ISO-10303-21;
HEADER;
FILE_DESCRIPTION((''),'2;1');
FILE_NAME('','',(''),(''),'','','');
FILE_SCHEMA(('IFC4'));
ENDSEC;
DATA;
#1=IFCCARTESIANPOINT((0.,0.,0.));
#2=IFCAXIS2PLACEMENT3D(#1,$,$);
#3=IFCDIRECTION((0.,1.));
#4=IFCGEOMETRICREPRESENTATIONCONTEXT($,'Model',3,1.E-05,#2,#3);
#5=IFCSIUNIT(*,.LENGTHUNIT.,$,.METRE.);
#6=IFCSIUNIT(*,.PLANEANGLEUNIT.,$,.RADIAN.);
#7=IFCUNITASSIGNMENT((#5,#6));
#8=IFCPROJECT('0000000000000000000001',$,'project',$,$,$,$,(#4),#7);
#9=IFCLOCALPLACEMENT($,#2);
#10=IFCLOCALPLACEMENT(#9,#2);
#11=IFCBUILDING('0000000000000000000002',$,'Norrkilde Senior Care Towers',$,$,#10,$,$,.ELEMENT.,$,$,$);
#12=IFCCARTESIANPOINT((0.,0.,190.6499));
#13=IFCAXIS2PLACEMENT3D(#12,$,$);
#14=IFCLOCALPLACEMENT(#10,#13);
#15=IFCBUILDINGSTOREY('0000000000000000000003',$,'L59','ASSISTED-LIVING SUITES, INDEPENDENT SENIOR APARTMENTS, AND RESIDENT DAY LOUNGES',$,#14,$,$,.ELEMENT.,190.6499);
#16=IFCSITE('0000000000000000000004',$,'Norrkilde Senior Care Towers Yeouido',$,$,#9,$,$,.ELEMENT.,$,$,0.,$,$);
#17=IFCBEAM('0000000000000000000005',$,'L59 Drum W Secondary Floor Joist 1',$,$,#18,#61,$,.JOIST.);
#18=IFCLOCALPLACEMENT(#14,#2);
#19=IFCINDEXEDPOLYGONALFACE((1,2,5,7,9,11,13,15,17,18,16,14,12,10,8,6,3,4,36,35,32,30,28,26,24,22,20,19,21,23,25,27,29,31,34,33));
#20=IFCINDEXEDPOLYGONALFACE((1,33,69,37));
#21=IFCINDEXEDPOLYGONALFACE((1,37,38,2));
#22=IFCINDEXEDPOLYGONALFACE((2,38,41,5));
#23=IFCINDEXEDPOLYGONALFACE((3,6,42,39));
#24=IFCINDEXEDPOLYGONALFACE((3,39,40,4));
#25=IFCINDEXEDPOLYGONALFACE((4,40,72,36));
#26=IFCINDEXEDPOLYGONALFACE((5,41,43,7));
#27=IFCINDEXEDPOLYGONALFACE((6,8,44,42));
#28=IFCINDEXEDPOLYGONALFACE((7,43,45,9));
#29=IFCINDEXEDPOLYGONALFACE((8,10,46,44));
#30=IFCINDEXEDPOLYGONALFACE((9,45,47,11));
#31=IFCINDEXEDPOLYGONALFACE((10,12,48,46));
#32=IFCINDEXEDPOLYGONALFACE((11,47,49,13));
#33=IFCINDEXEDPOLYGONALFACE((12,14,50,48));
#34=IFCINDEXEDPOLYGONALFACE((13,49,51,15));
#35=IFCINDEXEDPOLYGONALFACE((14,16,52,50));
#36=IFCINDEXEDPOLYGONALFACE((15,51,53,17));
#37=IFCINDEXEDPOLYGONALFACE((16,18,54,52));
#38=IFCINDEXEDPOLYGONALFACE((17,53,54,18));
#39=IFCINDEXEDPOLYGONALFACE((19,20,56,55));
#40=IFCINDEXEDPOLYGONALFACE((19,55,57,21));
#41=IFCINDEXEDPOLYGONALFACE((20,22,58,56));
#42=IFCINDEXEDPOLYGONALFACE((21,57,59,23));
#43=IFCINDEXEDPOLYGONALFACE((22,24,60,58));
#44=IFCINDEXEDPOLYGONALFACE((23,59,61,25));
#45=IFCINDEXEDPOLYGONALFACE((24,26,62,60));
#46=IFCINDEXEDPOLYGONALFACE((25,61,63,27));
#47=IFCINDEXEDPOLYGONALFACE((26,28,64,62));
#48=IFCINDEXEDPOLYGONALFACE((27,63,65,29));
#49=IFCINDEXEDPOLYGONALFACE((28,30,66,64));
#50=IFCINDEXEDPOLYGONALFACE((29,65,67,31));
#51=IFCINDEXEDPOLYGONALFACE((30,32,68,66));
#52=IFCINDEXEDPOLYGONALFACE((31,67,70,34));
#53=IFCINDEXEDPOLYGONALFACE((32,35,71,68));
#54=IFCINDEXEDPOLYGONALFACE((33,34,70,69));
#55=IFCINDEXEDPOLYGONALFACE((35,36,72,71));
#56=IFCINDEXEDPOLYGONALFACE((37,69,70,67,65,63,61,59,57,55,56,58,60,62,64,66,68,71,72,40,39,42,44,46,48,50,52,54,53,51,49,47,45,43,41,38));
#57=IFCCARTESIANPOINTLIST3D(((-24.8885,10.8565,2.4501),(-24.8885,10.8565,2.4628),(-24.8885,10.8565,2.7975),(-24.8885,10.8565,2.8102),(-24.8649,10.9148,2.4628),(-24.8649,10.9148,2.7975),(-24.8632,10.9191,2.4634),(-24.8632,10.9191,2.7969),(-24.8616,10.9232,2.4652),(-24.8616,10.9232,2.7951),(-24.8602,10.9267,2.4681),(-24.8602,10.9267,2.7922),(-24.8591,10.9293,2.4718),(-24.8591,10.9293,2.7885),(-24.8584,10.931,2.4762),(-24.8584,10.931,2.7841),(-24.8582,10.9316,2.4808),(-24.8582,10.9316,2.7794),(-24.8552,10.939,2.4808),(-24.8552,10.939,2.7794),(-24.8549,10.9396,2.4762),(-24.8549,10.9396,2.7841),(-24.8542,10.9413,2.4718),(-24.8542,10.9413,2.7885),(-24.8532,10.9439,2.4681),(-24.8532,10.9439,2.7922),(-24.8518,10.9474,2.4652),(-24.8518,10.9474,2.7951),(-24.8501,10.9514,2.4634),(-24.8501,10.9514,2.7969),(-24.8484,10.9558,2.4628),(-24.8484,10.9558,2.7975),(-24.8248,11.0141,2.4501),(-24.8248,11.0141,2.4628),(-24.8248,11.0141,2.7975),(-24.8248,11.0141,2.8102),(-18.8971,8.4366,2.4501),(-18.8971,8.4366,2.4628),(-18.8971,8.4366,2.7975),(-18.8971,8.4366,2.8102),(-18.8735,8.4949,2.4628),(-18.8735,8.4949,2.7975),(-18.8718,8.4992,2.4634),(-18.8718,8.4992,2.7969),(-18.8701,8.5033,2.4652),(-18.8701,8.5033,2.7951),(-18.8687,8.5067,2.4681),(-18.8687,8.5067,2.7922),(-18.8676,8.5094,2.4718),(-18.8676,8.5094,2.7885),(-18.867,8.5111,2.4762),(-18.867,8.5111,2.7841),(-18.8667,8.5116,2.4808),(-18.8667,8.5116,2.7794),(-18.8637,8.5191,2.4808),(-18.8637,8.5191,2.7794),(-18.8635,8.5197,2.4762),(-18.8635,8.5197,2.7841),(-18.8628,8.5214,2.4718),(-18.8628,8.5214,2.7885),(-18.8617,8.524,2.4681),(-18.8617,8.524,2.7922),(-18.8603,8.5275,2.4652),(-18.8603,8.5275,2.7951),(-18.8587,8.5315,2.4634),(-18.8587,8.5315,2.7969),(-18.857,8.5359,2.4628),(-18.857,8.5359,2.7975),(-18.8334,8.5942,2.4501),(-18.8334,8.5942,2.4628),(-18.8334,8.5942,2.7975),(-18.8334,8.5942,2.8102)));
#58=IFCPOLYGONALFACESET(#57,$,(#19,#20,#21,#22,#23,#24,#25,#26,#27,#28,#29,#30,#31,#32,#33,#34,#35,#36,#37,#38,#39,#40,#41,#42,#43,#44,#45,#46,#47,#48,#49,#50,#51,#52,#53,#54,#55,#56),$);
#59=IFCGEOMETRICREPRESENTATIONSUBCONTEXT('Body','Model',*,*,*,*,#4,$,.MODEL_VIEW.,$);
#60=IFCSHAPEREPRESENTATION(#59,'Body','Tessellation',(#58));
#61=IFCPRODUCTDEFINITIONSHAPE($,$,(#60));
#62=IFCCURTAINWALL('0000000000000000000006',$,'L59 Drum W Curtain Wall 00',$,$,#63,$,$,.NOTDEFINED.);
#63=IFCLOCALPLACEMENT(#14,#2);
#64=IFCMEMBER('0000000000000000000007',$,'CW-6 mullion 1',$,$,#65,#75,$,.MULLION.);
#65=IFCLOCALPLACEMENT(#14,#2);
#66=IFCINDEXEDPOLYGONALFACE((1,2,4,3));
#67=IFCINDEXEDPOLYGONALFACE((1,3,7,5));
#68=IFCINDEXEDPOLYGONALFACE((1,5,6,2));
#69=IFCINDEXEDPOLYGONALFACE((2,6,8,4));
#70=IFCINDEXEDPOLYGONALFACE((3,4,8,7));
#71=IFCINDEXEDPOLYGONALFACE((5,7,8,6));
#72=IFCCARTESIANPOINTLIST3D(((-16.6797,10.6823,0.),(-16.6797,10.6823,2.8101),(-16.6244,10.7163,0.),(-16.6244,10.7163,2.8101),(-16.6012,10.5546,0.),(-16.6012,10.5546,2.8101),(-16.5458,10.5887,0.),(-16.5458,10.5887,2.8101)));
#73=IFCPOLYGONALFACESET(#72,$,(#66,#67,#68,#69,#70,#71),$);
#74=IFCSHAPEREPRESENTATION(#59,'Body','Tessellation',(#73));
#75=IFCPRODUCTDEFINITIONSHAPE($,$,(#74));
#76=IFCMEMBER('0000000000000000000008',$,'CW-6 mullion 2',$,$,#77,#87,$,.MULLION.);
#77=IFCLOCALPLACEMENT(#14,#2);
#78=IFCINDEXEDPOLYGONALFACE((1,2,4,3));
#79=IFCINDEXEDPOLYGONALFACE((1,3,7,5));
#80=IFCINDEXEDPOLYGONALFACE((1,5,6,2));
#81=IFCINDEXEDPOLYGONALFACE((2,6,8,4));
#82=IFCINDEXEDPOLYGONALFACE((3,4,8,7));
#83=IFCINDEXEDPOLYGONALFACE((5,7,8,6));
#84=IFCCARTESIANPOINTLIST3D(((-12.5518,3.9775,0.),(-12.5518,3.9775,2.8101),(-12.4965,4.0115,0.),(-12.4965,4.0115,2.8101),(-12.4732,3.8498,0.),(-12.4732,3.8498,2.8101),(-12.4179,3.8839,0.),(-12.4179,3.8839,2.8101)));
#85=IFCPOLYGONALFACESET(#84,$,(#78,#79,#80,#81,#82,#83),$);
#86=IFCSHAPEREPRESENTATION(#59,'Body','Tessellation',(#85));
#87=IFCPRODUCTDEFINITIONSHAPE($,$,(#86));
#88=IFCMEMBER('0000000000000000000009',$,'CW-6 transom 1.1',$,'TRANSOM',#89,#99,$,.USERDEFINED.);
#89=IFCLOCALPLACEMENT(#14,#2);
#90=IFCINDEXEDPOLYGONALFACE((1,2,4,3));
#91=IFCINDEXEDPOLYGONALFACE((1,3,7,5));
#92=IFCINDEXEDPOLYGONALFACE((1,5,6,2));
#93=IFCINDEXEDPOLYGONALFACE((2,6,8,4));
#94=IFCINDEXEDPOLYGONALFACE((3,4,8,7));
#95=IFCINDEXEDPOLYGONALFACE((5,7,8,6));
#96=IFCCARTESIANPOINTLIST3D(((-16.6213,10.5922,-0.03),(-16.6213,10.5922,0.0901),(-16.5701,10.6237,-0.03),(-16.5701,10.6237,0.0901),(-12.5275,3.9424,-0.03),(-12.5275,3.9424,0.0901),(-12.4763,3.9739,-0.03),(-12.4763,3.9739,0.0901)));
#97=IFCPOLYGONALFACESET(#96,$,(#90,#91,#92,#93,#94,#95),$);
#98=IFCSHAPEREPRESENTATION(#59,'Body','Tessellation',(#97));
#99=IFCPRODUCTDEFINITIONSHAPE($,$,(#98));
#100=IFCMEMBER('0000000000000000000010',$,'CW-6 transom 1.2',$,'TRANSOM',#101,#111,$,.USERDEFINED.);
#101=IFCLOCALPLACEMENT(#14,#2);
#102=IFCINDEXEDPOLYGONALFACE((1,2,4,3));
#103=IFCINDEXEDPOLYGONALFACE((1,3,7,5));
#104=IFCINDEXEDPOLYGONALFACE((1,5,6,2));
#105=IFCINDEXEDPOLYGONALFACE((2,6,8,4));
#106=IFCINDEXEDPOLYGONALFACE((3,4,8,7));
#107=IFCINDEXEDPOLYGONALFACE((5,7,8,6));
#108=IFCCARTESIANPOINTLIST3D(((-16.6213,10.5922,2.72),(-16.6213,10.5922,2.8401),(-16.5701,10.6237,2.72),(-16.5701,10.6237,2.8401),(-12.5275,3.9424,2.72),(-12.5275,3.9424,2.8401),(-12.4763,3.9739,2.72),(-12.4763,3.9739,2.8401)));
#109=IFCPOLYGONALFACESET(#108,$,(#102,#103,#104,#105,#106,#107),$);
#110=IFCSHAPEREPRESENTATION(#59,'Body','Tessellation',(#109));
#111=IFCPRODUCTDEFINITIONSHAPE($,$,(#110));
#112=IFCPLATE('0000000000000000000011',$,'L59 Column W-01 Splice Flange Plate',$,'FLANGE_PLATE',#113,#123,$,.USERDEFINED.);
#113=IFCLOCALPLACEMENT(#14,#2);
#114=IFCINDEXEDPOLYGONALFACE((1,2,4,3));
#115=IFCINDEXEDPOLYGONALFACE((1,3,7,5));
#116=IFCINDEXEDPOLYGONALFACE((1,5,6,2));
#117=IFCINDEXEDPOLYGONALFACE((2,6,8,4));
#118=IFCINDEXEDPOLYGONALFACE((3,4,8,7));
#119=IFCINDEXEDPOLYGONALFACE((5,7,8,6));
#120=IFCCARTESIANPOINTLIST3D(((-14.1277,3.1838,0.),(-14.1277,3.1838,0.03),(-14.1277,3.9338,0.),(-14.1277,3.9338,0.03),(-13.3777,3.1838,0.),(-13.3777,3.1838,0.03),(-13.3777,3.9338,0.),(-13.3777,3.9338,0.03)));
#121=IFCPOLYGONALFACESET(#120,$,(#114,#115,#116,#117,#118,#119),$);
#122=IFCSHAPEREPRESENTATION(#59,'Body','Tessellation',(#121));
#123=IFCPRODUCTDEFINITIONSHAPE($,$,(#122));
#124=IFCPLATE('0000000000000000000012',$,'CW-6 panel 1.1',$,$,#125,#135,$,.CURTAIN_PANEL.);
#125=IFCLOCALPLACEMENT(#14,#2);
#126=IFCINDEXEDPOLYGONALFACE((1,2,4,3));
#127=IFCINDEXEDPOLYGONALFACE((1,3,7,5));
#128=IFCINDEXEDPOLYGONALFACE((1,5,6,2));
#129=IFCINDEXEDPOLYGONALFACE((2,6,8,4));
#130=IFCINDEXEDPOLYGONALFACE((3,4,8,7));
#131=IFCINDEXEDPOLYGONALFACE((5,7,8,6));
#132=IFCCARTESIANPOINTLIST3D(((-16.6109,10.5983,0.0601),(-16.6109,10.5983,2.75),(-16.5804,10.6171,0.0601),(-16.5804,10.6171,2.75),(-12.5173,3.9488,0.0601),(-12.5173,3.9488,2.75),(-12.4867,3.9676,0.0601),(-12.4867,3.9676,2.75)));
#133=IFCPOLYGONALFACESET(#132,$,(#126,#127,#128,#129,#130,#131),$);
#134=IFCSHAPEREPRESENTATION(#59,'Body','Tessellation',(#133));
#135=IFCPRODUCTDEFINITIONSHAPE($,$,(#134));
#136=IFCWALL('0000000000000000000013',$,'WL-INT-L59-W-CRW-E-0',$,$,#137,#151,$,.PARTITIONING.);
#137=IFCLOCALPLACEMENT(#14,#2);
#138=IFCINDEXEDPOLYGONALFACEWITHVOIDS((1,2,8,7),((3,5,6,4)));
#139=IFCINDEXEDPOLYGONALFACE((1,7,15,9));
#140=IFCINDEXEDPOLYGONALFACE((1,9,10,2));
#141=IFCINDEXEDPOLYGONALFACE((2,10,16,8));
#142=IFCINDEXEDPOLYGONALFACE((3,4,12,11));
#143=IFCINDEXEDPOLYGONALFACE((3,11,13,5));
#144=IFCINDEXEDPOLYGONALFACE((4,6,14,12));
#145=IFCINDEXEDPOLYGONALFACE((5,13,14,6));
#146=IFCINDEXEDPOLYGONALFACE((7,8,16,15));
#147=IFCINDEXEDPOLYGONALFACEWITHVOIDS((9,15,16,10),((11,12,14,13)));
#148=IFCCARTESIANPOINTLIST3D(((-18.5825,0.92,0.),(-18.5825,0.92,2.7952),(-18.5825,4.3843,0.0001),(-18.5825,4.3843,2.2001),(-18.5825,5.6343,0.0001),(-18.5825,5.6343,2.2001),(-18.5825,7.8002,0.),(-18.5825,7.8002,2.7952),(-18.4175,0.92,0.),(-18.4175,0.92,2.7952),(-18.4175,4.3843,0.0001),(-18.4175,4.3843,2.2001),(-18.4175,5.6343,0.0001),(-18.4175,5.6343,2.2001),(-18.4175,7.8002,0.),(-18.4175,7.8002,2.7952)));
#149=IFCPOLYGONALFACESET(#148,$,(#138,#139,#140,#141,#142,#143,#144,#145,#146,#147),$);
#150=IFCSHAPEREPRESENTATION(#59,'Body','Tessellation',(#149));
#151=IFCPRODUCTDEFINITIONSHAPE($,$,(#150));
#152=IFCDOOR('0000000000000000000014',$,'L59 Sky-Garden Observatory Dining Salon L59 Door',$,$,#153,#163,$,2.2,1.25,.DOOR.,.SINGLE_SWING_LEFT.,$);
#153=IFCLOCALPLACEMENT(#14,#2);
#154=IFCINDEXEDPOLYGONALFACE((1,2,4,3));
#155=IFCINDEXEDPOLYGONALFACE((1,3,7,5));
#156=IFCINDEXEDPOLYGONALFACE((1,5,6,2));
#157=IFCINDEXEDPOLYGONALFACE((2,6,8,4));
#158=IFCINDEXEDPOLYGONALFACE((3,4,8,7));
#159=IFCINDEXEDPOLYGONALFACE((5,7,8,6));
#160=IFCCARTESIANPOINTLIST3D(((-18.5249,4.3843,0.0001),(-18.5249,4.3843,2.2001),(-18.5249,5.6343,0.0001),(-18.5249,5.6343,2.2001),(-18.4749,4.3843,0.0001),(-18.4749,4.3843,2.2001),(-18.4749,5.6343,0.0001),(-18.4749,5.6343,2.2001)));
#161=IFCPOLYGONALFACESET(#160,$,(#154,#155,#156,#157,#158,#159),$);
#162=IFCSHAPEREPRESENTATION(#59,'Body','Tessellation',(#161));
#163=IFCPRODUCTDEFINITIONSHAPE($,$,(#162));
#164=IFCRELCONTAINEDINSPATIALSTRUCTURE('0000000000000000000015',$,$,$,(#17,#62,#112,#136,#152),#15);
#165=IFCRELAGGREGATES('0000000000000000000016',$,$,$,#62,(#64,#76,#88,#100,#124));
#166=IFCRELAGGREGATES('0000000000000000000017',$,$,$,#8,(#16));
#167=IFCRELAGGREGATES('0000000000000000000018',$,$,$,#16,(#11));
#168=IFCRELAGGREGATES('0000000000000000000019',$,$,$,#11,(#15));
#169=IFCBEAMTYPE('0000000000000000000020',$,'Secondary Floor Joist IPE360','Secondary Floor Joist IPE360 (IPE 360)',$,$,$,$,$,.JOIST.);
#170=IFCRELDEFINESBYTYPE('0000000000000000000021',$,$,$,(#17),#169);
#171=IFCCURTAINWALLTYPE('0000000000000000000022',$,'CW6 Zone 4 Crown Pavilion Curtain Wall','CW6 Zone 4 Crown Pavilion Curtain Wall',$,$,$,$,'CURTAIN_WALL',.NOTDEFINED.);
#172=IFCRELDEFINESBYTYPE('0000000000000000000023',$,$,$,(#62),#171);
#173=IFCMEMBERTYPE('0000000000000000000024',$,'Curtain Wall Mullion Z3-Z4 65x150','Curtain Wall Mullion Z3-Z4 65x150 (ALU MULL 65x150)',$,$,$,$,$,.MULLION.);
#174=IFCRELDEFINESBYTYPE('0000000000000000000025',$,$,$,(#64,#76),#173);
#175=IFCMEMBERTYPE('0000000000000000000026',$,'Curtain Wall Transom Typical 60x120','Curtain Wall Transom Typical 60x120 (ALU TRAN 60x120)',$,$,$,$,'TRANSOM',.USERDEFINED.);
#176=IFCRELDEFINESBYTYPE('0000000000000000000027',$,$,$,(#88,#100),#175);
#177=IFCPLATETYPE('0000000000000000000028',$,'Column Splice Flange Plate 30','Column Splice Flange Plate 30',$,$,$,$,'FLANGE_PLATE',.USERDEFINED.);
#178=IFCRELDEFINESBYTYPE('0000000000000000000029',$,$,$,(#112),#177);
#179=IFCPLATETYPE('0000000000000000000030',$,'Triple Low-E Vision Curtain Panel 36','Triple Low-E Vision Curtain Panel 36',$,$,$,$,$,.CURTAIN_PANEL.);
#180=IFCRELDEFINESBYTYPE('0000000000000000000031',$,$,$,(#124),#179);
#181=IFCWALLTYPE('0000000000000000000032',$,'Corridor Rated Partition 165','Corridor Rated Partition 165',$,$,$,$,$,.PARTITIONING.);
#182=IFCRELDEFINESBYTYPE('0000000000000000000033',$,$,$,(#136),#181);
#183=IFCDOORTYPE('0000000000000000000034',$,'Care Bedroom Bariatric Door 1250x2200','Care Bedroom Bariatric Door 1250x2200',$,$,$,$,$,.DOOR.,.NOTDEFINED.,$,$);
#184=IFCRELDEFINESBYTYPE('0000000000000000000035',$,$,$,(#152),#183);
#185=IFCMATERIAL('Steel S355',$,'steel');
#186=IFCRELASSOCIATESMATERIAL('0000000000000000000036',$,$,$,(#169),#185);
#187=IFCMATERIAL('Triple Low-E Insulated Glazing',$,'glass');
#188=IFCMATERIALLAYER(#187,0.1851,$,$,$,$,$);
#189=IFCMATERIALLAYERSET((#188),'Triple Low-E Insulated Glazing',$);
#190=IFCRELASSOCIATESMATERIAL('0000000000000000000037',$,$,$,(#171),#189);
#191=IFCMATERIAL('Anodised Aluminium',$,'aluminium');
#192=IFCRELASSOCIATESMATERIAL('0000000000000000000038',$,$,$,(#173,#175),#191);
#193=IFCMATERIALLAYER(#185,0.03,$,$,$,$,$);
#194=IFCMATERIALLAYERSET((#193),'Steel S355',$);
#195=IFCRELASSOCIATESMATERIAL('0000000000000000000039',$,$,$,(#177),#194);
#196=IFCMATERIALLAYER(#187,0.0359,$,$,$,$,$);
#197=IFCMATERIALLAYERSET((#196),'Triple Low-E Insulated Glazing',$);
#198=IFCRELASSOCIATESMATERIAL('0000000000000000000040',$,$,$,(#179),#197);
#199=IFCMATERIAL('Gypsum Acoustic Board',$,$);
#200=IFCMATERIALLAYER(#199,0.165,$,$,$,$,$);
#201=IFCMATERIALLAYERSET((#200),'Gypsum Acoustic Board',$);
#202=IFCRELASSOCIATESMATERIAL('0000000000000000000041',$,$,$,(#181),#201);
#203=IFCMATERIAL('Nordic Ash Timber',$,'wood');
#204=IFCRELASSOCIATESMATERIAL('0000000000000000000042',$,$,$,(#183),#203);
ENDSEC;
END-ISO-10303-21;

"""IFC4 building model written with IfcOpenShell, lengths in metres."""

from ifc_helpers import new_model, si_unit, direction, frame, frame_2d, origin, origin_2d, place, context, subcontext, project, spatial, rectangle, i_section, extrude, source, transform, mapped, material, layer, layer_set, material_profile, profile_set, type_object, type_shapes, element, fill, aggregate, save


model = new_model("IFC4")

# Units and contexts
model_context = context("Model", 3, precision=1e-05, world=origin(), true_north=direction((0.0, 1.0)))
body_context = subcontext(model_context, "Body", "Model", "MODEL_VIEW")
ifc_project = project(units=[si_unit("LENGTHUNIT", "METRE"), si_unit("PLANEANGLEUNIT", "RADIAN")], contexts=[model_context])

# Site, building, storey
site_placement = place(None, origin())
site = spatial("IfcSite", under=ifc_project, at=site_placement, Name="Norrkilde Senior Care Towers Yeouido", CompositionType="ELEMENT", RefElevation=0.0)
building_placement = place(site_placement, origin())
building = spatial("IfcBuilding", under=site, at=building_placement, Name="Norrkilde Senior Care Towers", CompositionType="ELEMENT")
storey_placement = place(building_placement, frame((0.0, 0.0, 190.6499)))
storey = spatial("IfcBuildingStorey", under=building, at=storey_placement, Name="L59", Description="ASSISTED-LIVING SUITES, INDEPENDENT SENIOR APARTMENTS, AND RESIDENT DAY LOUNGES", CompositionType="ELEMENT", Elevation=190.6499)

# Beam
ifc_material_1 = material(Name="Steel S355", Category="steel")
ifc_material_profile_1 = material_profile(ifc_material_1, i_section(OverallWidth=0.1699, OverallDepth=0.3601, WebThickness=0.0081, FlangeThickness=0.0127, FilletRadius=0.0181, at=origin_2d()), Name="IPE 360")
ifc_profile_set_1 = profile_set([ifc_material_profile_1], Name="Steel S355")
beam_type_1 = type_object("IfcBeamType", Name="Secondary Floor Joist IPE360", Description="Secondary Floor Joist IPE360 (IPE 360)", PredefinedType="JOIST", material=ifc_profile_set_1)
shared_shape_1 = source(origin(), body_context, "Body", "SweptSolid", [
    extrude(i_section(OverallWidth=0.1699, OverallDepth=0.3601, WebThickness=0.0081, FlangeThickness=0.0127, FilletRadius=0.0181, at=origin_2d()), origin(), (0.0, 0.0, 1.0), 6.4617),
])
type_shapes(beam_type_1, [shared_shape_1])
beam_1_placement = place(storey_placement, frame((-18.8652, 8.5154, 2.6301), z_axis=(-0.927226, 0.374502, 0.0), x_axis=(-0.374502, -0.927226, 0.0)))
element("IfcBeam", 1, at=beam_1_placement, inside=storey, type_object=beam_type_1, Name="L59 Drum W Secondary Floor Joist 1", PredefinedType="JOIST", context=body_context, shape_type="MappedRepresentation", body=[
    mapped(shared_shape_1, transform((0.0, 0.0, 0.0), x_axis=(1.0, 0.0, 0.0), y_axis=(0.0, 1.0, 0.0), z_axis=(0.0, 0.0, 1.0), scale=1.0)),
])

# Curtain wall, members
ifc_material_2 = material(Name="Triple Low-E Insulated Glazing", Category="glass")
ifc_layer_1 = layer(ifc_material_2, 0.1851)
ifc_layer_set_1 = layer_set([ifc_layer_1], Name="Triple Low-E Insulated Glazing")
curtain_wall_type = type_object("IfcCurtainWallType", Name="CW6 Zone 4 Crown Pavilion Curtain Wall", Description="CW6 Zone 4 Crown Pavilion Curtain Wall", ElementType="CURTAIN_WALL", PredefinedType="NOTDEFINED", material=ifc_layer_set_1)
curtain_wall_placement = place(storey_placement, origin())
curtain_wall = element("IfcCurtainWall", 2, at=curtain_wall_placement, inside=storey, type_object=curtain_wall_type, Name="L59 Drum W Curtain Wall 00", PredefinedType="NOTDEFINED")
ifc_material_3 = material(Name="Anodised Aluminium", Category="aluminium")
ifc_material_profile_2 = material_profile(ifc_material_3, rectangle(XDim=0.0649, YDim=0.1499, at=origin_2d()), Name="ALU MULL 65x150")
ifc_profile_set_2 = profile_set([ifc_material_profile_2], Name="Anodised Aluminium")
member_type_1 = type_object("IfcMemberType", Name="Curtain Wall Mullion Z3-Z4 65x150", Description="Curtain Wall Mullion Z3-Z4 65x150 (ALU MULL 65x150)", PredefinedType="MULLION", material=ifc_profile_set_2)
shared_shape_2 = source(origin(), body_context, "Body", "SweptSolid", [
    extrude(rectangle(XDim=0.0649, YDim=0.1499, at=origin_2d()), origin(), (0.0, 0.0, 1.0), 2.8101),
])
type_shapes(member_type_1, [shared_shape_2])
member_1_placement = place(storey_placement, frame((-16.6128, 10.6355, 0.0), z_axis=(0.0, 0.0, 1.0), x_axis=(0.851563, 0.524253, 0.0)))
member_1 = element("IfcMember", 3, at=member_1_placement, type_object=member_type_1, Name="CW-6 mullion 1", PredefinedType="MULLION", context=body_context, shape_type="MappedRepresentation", body=[
    mapped(shared_shape_2, transform((0.0, 0.0, 0.0), x_axis=(1.0, 0.0, 0.0), y_axis=(0.0, 1.0, 0.0), z_axis=(0.0, 0.0, 1.0), scale=1.0)),
])
member_2_placement = place(storey_placement, frame((-12.4849, 3.9307, 0.0), z_axis=(0.0, 0.0, 1.0), x_axis=(0.851563, 0.524253, 0.0)))
member_2 = element("IfcMember", 4, at=member_2_placement, type_object=member_type_1, Name="CW-6 mullion 2", PredefinedType="MULLION", context=body_context, shape_type="MappedRepresentation", body=[
    mapped(shared_shape_2, transform((0.0, 0.0, 0.0), x_axis=(1.0, 0.0, 0.0), y_axis=(0.0, 1.0, 0.0), z_axis=(0.0, 0.0, 1.0), scale=1.0)),
])
ifc_material_profile_3 = material_profile(ifc_material_3, rectangle(XDim=0.0601, YDim=0.1201, at=origin_2d()), Name="ALU TRAN 60x120")
ifc_profile_set_3 = profile_set([ifc_material_profile_3], Name="Anodised Aluminium")
member_type_2 = type_object("IfcMemberType", Name="Curtain Wall Transom Typical 60x120", Description="Curtain Wall Transom Typical 60x120 (ALU TRAN 60x120)", ElementType="TRANSOM", PredefinedType="USERDEFINED", material=ifc_profile_set_3)
shared_shape_3 = source(origin(), body_context, "Body", "SweptSolid", [
    extrude(rectangle(XDim=0.0601, YDim=0.1201, at=origin_2d()), origin(), (0.0, 0.0, 1.0), 7.8088),
])
type_shapes(member_type_2, [shared_shape_3])
member_3_placement = place(storey_placement, frame((-16.5957, 10.6079, 0.03), z_axis=(0.524251, -0.851564, 0.0), x_axis=(0.851564, 0.524251, 0.0)))
member_3 = element("IfcMember", 5, at=member_3_placement, type_object=member_type_2, Name="CW-6 transom 1.1", ObjectType="TRANSOM", PredefinedType="USERDEFINED", context=body_context, shape_type="MappedRepresentation", body=[
    mapped(shared_shape_3, transform((0.0, 0.0, 0.0), x_axis=(1.0, 0.0, 0.0), y_axis=(0.0, 1.0, 0.0), z_axis=(0.0, 0.0, 1.0), scale=1.0)),
])
member_4_placement = place(storey_placement, frame((-16.5957, 10.6079, 2.78), z_axis=(0.524251, -0.851564, 0.0), x_axis=(0.851564, 0.524251, 0.0)))
member_4 = element("IfcMember", 6, at=member_4_placement, type_object=member_type_2, Name="CW-6 transom 1.2", ObjectType="TRANSOM", PredefinedType="USERDEFINED", context=body_context, shape_type="MappedRepresentation", body=[
    mapped(shared_shape_3, transform((0.0, 0.0, 0.0), x_axis=(1.0, 0.0, 0.0), y_axis=(0.0, 1.0, 0.0), z_axis=(0.0, 0.0, 1.0), scale=1.0)),
])

# Plates
ifc_layer_2 = layer(ifc_material_1, 0.03)
ifc_layer_set_2 = layer_set([ifc_layer_2], Name="Steel S355")
plate_type_1 = type_object("IfcPlateType", Name="Column Splice Flange Plate 30", Description="Column Splice Flange Plate 30", ElementType="FLANGE_PLATE", PredefinedType="USERDEFINED", material=ifc_layer_set_2)
shared_shape_4 = source(origin(), body_context, "Body", "SweptSolid", [
    extrude(rectangle(XDim=0.75, YDim=0.75, at=origin_2d()), origin(), (0.0, 0.0, 1.0), 0.03),
])
type_shapes(plate_type_1, [shared_shape_4])
plate_1_placement = place(storey_placement, frame((-13.7527, 3.5588, 0.0), z_axis=(0.0, 0.0, 1.0), x_axis=(1.0, 0.0, 0.0)))
element("IfcPlate", 7, at=plate_1_placement, inside=storey, type_object=plate_type_1, Name="L59 Column W-01 Splice Flange Plate", ObjectType="FLANGE_PLATE", PredefinedType="USERDEFINED", context=body_context, shape_type="MappedRepresentation", body=[
    mapped(shared_shape_4, transform((0.0, 0.0, 0.0), x_axis=(1.0, 0.0, 0.0), y_axis=(0.0, 1.0, 0.0), z_axis=(0.0, 0.0, 1.0), scale=1.0)),
])
ifc_layer_3 = layer(ifc_material_2, 0.0359)
ifc_layer_set_3 = layer_set([ifc_layer_3], Name="Triple Low-E Insulated Glazing")
plate_type_2 = type_object("IfcPlateType", Name="Triple Low-E Vision Curtain Panel 36", Description="Triple Low-E Vision Curtain Panel 36", PredefinedType="CURTAIN_PANEL", material=ifc_layer_set_3)
shared_shape_5 = source(origin(), body_context, "Body", "SweptSolid", [
    extrude(rectangle(XDim=7.8086, YDim=0.0359, at=origin_2d()), origin(), (0.0, 0.0, 1.0), 2.6899),
])
type_shapes(plate_type_2, [shared_shape_5])
plate_2_placement = place(storey_placement, frame((-14.5488, 7.283, 0.0601), z_axis=(0.0, 0.0, 1.0), x_axis=(0.524253, -0.851563, 0.0)))
plate_2 = element("IfcPlate", 8, at=plate_2_placement, type_object=plate_type_2, Name="CW-6 panel 1.1", PredefinedType="CURTAIN_PANEL", context=body_context, shape_type="MappedRepresentation", body=[
    mapped(shared_shape_5, transform((0.0, 0.0, 0.0), x_axis=(1.0, 0.0, 0.0), y_axis=(0.0, 1.0, 0.0), z_axis=(0.0, 0.0, 1.0), scale=1.0)),
])
aggregate(curtain_wall, [member_1, member_2, member_3, member_4, plate_2])

# Wall, opening, door
ifc_material_4 = material(Name="Gypsum Acoustic Board")
ifc_layer_4 = layer(ifc_material_4, 0.165)
ifc_layer_set_4 = layer_set([ifc_layer_4], Name="Gypsum Acoustic Board")
wall_type_1 = type_object("IfcWallType", Name="Corridor Rated Partition 165", Description="Corridor Rated Partition 165", PredefinedType="PARTITIONING", material=ifc_layer_set_4)
shared_shape_6 = source(origin(), body_context, "Body", "SweptSolid", [
    extrude(rectangle(XDim=6.8801, YDim=0.165, at=frame_2d((3.4399, 0.0))), origin(), (0.0, 0.0, 1.0), 2.7952),
])
wall_1_placement = place(storey_placement, frame((-18.5, 7.8, 0.0), z_axis=(0.0, 0.0, 1.0), x_axis=(0.0, -1.0, 0.0)))
wall_1 = element("IfcWall", 9, at=wall_1_placement, inside=storey, type_object=wall_type_1, Name="WL-INT-L59-W-CRW-E-0", PredefinedType="PARTITIONING", context=body_context, shape_type="MappedRepresentation", body=[
    mapped(shared_shape_6, transform((0.0, 0.0, 0.0), x_axis=(1.0, 0.0, 0.0), y_axis=(0.0, 1.0, 0.0), z_axis=(0.0, 0.0, 1.0), scale=1.0)),
])
opening_1_placement = place(wall_1_placement, frame((2.1658, 0.0, 0.0)))
opening_1 = element("IfcOpeningElement", 10, at=opening_1_placement, cuts=wall_1, PredefinedType="OPENING", context=body_context, shape_type="SweptSolid", body=[
    extrude(rectangle(XDim=1.25, YDim=2.2, at=frame_2d((0.625, 1.1001))), frame((0.0, 0.0925, 0.0), z_axis=(0.0, -1.0, 0.0), x_axis=(1.0, 0.0, 0.0)), (0.0, 0.0, 1.0), 0.1851),
])
ifc_material_5 = material(Name="Nordic Ash Timber", Category="wood")
door_type_1 = type_object("IfcDoorType", Name="Care Bedroom Bariatric Door 1250x2200", Description="Care Bedroom Bariatric Door 1250x2200", OperationType="NOTDEFINED", PredefinedType="DOOR", material=ifc_material_5)
shared_shape_7 = source(origin(), body_context, "Body", "SweptSolid", [
    extrude(rectangle(XDim=1.25, YDim=2.2, at=frame_2d((0.625, 1.1001))), frame((0.0, 0.0249, 0.0), z_axis=(0.0, -1.0, 0.0), x_axis=(1.0, 0.0, 0.0)), (0.0, 0.0, 1.0), 0.05),
])
type_shapes(door_type_1, [shared_shape_7])
door_1_placement = place(opening_1_placement, frame((1.25, 0.0, 0.0), z_axis=(0.0, 0.0, 1.0), x_axis=(-1.0, 0.0, 0.0)))
door_1 = element("IfcDoor", 11, at=door_1_placement, inside=storey, type_object=door_type_1, Name="L59 Sky-Garden Observatory Dining Salon L59 Door", OperationType="SINGLE_SWING_LEFT", OverallHeight=2.2, OverallWidth=1.25, PredefinedType="DOOR", context=body_context, shape_type="MappedRepresentation", body=[
    mapped(shared_shape_7, transform((0.0, 0.0, 0.0), x_axis=(1.0, 0.0, 0.0), y_axis=(0.0, 1.0, 0.0), z_axis=(0.0, 0.0, 1.0), scale=1.0)),
])
fill(opening_1, door_1)

save(model, "model.ifc")
